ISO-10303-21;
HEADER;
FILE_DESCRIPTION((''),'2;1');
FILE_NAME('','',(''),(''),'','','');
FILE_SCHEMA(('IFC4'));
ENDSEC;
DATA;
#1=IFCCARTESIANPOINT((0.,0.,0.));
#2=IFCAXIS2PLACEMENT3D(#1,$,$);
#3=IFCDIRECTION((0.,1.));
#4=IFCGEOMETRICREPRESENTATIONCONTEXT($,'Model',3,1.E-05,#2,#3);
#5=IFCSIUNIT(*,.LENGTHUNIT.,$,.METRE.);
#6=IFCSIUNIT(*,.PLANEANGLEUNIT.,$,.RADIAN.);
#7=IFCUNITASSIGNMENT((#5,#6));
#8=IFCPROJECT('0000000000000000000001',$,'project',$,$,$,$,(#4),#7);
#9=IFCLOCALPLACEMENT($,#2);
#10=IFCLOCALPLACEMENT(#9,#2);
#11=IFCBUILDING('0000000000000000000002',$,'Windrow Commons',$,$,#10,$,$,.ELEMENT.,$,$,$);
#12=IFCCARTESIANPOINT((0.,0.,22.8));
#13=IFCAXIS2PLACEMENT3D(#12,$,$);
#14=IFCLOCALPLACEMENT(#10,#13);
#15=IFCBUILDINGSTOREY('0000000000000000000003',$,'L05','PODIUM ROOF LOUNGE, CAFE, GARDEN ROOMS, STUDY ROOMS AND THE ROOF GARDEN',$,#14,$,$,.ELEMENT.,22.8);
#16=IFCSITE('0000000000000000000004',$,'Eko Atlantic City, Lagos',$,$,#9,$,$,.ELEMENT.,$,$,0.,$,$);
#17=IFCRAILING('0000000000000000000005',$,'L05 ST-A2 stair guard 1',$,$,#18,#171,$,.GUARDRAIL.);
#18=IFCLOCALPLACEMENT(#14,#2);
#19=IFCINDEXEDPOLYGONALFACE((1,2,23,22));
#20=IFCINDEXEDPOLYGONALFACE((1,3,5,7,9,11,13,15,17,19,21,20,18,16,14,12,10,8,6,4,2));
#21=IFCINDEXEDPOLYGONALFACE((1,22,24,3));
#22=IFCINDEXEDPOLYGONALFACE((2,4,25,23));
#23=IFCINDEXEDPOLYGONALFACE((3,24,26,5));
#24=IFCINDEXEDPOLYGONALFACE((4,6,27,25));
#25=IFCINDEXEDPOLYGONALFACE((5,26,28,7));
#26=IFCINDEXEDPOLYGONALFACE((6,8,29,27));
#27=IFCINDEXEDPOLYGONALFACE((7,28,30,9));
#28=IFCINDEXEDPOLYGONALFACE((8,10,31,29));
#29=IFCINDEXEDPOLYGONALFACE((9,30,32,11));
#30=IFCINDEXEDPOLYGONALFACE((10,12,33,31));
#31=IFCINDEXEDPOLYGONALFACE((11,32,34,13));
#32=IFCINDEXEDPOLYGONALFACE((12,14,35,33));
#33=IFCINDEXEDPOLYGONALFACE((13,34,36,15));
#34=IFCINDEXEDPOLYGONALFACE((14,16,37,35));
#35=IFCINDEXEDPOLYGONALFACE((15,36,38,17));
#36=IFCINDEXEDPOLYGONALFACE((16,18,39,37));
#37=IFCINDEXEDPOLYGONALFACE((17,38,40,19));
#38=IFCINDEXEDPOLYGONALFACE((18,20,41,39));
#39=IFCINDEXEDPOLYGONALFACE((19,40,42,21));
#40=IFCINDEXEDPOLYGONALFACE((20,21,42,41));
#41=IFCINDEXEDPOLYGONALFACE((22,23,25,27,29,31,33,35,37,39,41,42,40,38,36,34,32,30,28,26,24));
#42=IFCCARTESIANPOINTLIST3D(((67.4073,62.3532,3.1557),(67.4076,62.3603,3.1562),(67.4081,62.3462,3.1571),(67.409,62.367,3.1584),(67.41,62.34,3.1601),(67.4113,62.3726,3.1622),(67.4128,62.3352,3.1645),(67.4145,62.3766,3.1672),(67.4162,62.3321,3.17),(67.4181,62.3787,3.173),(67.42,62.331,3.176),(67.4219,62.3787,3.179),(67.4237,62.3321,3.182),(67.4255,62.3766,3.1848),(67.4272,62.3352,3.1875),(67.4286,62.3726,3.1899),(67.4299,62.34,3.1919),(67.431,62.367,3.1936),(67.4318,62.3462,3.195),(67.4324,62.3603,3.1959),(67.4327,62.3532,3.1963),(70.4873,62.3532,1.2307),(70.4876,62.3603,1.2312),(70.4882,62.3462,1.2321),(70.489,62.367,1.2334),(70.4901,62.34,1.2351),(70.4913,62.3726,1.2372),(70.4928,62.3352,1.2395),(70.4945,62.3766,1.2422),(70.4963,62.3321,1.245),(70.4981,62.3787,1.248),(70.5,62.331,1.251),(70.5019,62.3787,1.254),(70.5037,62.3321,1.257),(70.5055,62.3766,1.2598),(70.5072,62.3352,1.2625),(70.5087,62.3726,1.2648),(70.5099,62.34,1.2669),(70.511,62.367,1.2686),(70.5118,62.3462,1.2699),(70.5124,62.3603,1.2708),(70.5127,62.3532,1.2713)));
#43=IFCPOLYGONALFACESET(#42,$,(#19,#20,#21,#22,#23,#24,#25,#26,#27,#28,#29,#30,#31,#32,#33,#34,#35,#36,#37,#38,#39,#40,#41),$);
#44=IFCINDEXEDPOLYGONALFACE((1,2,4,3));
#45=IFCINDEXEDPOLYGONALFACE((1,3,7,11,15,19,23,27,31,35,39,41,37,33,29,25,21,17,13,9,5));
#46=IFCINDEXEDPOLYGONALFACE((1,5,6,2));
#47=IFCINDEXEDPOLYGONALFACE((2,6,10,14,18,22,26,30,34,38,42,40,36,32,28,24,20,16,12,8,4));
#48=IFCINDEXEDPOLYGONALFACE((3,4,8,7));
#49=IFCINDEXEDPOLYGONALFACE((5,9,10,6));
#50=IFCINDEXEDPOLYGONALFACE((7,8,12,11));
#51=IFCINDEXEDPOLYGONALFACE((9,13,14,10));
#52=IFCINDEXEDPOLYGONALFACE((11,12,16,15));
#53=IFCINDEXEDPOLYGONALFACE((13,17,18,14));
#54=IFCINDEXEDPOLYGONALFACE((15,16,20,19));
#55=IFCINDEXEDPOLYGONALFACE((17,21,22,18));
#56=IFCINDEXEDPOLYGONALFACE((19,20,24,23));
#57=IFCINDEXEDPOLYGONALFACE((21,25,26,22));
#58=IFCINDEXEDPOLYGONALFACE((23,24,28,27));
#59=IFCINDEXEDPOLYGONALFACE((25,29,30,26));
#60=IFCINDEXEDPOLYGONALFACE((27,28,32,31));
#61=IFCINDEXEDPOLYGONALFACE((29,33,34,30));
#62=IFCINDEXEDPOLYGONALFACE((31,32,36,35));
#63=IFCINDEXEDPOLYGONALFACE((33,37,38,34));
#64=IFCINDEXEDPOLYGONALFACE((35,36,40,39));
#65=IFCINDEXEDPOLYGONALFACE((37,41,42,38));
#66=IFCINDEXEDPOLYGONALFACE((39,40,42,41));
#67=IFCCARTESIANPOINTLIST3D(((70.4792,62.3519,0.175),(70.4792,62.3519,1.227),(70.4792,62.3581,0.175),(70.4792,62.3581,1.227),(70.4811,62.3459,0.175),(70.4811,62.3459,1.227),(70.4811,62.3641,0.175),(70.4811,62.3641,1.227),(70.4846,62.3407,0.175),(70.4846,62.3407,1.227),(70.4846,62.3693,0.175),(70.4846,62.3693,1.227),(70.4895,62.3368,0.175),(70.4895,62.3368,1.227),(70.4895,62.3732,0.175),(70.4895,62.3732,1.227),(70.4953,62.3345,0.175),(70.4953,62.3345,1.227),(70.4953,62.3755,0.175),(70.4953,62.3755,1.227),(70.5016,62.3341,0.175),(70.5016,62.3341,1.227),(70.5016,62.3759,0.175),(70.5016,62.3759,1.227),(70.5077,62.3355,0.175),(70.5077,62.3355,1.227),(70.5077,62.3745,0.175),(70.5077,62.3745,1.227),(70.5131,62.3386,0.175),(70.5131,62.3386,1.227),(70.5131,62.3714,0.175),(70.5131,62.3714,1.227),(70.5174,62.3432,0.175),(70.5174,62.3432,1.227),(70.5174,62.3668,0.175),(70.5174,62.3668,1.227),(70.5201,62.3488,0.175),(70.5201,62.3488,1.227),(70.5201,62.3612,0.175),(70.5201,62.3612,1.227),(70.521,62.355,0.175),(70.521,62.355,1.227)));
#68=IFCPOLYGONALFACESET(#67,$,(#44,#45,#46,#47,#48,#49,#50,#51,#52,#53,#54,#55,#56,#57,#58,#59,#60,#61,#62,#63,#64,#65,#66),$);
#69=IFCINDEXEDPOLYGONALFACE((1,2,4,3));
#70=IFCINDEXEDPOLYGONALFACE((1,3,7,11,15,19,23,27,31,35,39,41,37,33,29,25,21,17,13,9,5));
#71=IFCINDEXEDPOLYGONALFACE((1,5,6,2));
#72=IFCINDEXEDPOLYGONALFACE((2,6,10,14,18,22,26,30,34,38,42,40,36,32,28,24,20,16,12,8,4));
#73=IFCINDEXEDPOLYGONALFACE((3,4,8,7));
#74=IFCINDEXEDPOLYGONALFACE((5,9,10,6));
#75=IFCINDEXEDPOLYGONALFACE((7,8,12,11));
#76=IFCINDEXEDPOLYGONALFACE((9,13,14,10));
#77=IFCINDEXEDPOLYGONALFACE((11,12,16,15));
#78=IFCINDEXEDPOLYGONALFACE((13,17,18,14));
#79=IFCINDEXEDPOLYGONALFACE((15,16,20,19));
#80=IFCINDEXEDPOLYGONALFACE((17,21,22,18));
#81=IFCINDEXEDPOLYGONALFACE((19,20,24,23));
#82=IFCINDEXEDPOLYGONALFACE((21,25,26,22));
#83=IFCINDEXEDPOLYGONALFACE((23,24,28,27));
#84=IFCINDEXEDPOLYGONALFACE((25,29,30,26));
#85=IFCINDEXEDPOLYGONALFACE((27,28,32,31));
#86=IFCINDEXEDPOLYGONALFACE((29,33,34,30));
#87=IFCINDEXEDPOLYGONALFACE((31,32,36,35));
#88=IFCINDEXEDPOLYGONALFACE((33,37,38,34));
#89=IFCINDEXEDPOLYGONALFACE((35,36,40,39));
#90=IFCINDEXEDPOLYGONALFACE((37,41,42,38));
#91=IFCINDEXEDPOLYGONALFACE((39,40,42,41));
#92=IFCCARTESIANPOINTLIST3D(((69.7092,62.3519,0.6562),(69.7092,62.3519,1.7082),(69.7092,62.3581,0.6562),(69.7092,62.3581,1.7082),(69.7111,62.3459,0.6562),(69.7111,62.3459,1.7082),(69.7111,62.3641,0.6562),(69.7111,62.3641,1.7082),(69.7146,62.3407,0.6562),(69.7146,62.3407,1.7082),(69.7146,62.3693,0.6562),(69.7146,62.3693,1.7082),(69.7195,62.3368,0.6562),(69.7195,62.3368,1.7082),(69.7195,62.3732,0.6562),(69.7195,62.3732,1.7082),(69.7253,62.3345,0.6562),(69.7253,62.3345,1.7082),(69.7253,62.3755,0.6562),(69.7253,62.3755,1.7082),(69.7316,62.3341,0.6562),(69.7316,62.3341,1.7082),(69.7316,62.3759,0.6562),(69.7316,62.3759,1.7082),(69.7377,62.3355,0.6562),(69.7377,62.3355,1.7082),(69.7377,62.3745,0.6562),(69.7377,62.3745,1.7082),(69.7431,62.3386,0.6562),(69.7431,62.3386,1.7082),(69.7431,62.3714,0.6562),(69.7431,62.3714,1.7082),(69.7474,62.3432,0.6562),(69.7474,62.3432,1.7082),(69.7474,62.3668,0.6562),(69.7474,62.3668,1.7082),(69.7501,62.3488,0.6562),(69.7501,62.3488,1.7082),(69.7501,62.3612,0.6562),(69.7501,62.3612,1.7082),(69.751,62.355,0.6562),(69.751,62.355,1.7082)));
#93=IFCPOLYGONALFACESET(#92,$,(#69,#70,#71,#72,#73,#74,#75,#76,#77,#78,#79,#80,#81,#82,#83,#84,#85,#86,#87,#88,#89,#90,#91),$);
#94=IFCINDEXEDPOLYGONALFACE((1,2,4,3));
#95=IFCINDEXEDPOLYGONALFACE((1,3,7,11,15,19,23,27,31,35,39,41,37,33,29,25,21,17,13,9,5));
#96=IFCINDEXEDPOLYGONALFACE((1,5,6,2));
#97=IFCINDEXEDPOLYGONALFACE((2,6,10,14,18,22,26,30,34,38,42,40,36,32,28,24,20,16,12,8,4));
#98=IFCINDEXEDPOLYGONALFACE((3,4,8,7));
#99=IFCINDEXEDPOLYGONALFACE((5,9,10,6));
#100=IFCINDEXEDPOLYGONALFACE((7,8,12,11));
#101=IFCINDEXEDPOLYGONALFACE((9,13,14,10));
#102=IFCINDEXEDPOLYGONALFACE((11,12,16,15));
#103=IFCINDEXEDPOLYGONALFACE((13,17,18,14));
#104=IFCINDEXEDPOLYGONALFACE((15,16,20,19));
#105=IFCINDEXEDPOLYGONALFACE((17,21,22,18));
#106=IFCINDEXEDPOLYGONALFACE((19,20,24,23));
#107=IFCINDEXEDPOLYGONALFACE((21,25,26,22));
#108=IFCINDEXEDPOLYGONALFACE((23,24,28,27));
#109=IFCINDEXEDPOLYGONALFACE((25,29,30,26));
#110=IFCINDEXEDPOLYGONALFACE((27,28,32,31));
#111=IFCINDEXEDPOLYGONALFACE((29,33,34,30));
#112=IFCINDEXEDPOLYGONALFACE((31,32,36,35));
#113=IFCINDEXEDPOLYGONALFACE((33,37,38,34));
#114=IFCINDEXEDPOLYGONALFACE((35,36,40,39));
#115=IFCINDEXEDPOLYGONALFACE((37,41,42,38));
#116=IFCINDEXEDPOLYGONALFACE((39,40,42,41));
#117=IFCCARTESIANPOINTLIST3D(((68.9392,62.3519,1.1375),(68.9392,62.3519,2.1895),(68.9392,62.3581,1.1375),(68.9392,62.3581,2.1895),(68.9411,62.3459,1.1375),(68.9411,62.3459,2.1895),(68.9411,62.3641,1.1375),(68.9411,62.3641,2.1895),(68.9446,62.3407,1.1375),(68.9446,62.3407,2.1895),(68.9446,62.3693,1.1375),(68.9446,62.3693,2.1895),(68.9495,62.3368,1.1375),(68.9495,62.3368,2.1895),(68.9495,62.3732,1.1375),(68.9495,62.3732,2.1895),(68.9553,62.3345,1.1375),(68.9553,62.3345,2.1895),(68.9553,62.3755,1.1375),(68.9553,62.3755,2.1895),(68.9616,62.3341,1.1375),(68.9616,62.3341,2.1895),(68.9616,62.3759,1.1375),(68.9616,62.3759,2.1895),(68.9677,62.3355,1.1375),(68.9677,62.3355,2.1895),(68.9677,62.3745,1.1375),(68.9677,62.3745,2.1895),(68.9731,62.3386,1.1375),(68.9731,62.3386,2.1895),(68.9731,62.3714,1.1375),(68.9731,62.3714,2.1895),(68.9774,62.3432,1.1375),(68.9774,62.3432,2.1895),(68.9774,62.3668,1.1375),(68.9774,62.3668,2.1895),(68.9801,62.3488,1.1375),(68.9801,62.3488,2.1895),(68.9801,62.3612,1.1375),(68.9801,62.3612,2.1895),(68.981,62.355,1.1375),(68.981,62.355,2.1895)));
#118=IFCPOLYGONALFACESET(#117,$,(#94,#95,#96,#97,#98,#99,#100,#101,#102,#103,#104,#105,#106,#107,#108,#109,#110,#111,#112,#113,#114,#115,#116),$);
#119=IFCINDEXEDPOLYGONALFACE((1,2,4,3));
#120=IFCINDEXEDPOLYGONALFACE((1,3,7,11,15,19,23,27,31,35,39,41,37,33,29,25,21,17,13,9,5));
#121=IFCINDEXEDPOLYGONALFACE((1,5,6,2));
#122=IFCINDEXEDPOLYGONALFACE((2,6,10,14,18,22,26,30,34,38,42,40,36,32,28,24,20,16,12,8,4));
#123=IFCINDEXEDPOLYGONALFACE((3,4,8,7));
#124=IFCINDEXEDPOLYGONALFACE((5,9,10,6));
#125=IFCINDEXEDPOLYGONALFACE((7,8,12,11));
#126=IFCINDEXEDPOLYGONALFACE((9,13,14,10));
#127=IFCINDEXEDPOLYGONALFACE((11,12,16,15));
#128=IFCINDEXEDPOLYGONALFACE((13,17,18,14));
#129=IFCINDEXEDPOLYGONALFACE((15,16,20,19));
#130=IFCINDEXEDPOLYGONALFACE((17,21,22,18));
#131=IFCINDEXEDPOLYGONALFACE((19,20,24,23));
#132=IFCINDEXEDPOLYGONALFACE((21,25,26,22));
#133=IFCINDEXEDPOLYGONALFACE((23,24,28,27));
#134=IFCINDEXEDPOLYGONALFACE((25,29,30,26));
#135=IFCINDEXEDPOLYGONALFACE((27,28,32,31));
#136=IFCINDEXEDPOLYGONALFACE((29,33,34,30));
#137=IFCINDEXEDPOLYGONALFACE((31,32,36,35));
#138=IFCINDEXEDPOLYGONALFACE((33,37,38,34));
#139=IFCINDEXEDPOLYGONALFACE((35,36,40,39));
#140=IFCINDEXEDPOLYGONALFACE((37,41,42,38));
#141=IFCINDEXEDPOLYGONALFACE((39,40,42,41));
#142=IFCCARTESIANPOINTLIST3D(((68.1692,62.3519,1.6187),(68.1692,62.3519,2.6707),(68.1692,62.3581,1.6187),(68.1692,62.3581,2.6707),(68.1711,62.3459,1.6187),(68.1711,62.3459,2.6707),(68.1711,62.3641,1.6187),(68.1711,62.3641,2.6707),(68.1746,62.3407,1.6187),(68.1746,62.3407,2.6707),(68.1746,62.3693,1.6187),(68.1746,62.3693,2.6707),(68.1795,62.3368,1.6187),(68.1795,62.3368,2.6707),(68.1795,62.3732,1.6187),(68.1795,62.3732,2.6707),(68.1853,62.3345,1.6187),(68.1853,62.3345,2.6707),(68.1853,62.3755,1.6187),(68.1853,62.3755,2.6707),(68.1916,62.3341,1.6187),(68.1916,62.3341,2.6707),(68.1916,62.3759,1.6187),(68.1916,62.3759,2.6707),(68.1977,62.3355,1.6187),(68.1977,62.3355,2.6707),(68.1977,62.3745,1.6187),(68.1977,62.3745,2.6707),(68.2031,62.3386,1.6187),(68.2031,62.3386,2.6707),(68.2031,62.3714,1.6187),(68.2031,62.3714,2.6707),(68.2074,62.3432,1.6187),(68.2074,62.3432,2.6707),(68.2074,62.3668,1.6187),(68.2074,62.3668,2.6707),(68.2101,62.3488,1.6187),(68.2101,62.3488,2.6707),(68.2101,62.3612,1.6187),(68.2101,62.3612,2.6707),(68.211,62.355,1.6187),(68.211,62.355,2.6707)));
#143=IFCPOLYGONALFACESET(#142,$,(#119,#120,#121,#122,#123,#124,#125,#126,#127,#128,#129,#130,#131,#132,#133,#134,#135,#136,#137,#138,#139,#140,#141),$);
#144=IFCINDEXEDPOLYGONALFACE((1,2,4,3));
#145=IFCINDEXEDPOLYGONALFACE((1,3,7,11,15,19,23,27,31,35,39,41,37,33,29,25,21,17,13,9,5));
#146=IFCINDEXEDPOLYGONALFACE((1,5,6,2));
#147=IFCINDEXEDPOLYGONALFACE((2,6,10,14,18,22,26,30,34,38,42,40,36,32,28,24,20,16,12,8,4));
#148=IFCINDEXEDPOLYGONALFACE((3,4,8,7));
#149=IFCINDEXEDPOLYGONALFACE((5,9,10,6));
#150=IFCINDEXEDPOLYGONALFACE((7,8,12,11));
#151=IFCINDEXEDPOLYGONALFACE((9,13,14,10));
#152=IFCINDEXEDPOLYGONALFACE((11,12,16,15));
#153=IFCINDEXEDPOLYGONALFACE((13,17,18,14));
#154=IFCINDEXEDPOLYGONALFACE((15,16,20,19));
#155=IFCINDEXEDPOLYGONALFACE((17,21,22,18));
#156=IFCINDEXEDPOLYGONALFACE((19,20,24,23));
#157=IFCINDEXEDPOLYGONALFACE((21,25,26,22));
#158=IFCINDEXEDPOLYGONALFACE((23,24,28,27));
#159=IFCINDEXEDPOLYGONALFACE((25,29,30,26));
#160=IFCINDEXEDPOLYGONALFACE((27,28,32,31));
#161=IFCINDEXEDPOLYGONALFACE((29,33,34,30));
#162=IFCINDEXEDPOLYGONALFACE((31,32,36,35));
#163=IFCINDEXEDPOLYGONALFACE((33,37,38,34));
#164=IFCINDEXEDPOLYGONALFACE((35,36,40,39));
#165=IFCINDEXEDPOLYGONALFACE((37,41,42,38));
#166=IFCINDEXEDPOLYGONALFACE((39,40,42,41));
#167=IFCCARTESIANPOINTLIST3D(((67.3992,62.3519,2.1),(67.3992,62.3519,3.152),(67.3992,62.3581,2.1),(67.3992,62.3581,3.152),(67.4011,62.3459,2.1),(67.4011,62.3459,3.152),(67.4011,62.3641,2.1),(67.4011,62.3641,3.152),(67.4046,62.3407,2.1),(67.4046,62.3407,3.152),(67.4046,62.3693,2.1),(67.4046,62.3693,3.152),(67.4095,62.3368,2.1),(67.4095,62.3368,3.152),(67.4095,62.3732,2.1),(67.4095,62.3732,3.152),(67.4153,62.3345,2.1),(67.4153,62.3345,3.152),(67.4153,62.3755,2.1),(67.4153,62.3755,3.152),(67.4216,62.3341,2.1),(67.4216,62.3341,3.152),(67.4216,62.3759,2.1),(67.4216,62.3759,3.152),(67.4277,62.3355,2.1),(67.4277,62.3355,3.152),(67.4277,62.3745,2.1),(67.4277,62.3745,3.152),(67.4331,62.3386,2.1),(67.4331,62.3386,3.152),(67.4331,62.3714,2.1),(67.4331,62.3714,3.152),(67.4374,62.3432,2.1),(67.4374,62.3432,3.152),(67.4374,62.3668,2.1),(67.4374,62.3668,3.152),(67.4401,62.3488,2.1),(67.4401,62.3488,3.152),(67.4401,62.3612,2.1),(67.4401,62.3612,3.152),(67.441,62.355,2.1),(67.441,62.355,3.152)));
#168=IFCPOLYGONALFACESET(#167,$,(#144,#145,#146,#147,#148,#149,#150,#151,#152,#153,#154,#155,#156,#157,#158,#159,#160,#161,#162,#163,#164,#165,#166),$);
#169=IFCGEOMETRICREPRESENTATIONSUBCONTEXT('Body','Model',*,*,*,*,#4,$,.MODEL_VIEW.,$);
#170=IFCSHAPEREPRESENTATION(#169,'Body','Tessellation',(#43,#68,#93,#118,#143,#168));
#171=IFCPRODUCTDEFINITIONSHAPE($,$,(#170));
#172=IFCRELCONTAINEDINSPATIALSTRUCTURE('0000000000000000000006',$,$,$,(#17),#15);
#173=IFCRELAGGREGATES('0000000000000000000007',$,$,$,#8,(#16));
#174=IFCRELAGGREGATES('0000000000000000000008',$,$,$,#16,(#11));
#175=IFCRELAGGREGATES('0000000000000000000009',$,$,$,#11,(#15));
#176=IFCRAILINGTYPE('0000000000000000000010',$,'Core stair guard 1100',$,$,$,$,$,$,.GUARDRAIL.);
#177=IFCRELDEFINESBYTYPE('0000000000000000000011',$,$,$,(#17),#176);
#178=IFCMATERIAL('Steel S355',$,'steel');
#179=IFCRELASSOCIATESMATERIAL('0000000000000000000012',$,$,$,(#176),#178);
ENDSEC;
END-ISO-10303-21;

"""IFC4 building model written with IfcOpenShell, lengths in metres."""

from ifc_helpers import new_model, si_unit, direction, frame, origin, origin_2d, place, context, subcontext, project, spatial, circle, extrude, material, type_object, element, save


model = new_model("IFC4")

# Units and contexts
model_context = context("Model", 3, precision=1e-05, world=origin(), true_north=direction((0.0, 1.0)))
body_context = subcontext(model_context, "Body", "Model", "MODEL_VIEW")
ifc_project = project(units=[si_unit("LENGTHUNIT", "METRE"), si_unit("PLANEANGLEUNIT", "RADIAN")], contexts=[model_context])

# Site, building, storey
site_placement = place(None, origin())
site = spatial("IfcSite", under=ifc_project, at=site_placement, Name="Eko Atlantic City, Lagos", CompositionType="ELEMENT", RefElevation=0.0)
building_placement = place(site_placement, origin())
building = spatial("IfcBuilding", under=site, at=building_placement, Name="Windrow Commons", CompositionType="ELEMENT")
storey_placement = place(building_placement, frame((0.0, 0.0, 22.8)))
storey = spatial("IfcBuildingStorey", under=building, at=storey_placement, Name="L05", Description="PODIUM ROOF LOUNGE, CAFE, GARDEN ROOMS, STUDY ROOMS AND THE ROOF GARDEN", CompositionType="ELEMENT", Elevation=22.8)

# Railing
ifc_material_1 = material(Name="Steel S355", Category="steel")
railing_type_1 = type_object("IfcRailingType", Name="Core stair guard 1100", PredefinedType="GUARDRAIL", material=ifc_material_1)
railing_1_placement = place(storey_placement, frame((70.5, 62.355, 0.175)))
element("IfcRailing", 1, at=railing_1_placement, inside=storey, type_object=railing_type_1, Name="L05 ST-A2 stair guard 1", PredefinedType="GUARDRAIL", context=body_context, shape_type="SweptSolid", body=[
    extrude(circle(Radius=0.024, at=origin_2d()), frame((0.0, 0.0, 1.076), z_axis=(-0.847998, 0.0, 0.529999), x_axis=(0.0, -1.0, 0.0)), (0.0, 0.0, 1.0), 3.6321),
    extrude(circle(Radius=0.021, at=origin_2d()), origin(), (0.0, 0.0, 1.0), 1.052),
    extrude(circle(Radius=0.021, at=origin_2d()), frame((-0.77, 0.0, 0.4812)), (0.0, 0.0, 1.0), 1.052),
    extrude(circle(Radius=0.021, at=origin_2d()), frame((-1.54, 0.0, 0.9625)), (0.0, 0.0, 1.0), 1.052),
    extrude(circle(Radius=0.021, at=origin_2d()), frame((-2.31, 0.0, 1.4437)), (0.0, 0.0, 1.0), 1.052),
    extrude(circle(Radius=0.021, at=origin_2d()), frame((-3.08, 0.0, 1.925)), (0.0, 0.0, 1.0), 1.052),
])

save(model, "model.ifc")
